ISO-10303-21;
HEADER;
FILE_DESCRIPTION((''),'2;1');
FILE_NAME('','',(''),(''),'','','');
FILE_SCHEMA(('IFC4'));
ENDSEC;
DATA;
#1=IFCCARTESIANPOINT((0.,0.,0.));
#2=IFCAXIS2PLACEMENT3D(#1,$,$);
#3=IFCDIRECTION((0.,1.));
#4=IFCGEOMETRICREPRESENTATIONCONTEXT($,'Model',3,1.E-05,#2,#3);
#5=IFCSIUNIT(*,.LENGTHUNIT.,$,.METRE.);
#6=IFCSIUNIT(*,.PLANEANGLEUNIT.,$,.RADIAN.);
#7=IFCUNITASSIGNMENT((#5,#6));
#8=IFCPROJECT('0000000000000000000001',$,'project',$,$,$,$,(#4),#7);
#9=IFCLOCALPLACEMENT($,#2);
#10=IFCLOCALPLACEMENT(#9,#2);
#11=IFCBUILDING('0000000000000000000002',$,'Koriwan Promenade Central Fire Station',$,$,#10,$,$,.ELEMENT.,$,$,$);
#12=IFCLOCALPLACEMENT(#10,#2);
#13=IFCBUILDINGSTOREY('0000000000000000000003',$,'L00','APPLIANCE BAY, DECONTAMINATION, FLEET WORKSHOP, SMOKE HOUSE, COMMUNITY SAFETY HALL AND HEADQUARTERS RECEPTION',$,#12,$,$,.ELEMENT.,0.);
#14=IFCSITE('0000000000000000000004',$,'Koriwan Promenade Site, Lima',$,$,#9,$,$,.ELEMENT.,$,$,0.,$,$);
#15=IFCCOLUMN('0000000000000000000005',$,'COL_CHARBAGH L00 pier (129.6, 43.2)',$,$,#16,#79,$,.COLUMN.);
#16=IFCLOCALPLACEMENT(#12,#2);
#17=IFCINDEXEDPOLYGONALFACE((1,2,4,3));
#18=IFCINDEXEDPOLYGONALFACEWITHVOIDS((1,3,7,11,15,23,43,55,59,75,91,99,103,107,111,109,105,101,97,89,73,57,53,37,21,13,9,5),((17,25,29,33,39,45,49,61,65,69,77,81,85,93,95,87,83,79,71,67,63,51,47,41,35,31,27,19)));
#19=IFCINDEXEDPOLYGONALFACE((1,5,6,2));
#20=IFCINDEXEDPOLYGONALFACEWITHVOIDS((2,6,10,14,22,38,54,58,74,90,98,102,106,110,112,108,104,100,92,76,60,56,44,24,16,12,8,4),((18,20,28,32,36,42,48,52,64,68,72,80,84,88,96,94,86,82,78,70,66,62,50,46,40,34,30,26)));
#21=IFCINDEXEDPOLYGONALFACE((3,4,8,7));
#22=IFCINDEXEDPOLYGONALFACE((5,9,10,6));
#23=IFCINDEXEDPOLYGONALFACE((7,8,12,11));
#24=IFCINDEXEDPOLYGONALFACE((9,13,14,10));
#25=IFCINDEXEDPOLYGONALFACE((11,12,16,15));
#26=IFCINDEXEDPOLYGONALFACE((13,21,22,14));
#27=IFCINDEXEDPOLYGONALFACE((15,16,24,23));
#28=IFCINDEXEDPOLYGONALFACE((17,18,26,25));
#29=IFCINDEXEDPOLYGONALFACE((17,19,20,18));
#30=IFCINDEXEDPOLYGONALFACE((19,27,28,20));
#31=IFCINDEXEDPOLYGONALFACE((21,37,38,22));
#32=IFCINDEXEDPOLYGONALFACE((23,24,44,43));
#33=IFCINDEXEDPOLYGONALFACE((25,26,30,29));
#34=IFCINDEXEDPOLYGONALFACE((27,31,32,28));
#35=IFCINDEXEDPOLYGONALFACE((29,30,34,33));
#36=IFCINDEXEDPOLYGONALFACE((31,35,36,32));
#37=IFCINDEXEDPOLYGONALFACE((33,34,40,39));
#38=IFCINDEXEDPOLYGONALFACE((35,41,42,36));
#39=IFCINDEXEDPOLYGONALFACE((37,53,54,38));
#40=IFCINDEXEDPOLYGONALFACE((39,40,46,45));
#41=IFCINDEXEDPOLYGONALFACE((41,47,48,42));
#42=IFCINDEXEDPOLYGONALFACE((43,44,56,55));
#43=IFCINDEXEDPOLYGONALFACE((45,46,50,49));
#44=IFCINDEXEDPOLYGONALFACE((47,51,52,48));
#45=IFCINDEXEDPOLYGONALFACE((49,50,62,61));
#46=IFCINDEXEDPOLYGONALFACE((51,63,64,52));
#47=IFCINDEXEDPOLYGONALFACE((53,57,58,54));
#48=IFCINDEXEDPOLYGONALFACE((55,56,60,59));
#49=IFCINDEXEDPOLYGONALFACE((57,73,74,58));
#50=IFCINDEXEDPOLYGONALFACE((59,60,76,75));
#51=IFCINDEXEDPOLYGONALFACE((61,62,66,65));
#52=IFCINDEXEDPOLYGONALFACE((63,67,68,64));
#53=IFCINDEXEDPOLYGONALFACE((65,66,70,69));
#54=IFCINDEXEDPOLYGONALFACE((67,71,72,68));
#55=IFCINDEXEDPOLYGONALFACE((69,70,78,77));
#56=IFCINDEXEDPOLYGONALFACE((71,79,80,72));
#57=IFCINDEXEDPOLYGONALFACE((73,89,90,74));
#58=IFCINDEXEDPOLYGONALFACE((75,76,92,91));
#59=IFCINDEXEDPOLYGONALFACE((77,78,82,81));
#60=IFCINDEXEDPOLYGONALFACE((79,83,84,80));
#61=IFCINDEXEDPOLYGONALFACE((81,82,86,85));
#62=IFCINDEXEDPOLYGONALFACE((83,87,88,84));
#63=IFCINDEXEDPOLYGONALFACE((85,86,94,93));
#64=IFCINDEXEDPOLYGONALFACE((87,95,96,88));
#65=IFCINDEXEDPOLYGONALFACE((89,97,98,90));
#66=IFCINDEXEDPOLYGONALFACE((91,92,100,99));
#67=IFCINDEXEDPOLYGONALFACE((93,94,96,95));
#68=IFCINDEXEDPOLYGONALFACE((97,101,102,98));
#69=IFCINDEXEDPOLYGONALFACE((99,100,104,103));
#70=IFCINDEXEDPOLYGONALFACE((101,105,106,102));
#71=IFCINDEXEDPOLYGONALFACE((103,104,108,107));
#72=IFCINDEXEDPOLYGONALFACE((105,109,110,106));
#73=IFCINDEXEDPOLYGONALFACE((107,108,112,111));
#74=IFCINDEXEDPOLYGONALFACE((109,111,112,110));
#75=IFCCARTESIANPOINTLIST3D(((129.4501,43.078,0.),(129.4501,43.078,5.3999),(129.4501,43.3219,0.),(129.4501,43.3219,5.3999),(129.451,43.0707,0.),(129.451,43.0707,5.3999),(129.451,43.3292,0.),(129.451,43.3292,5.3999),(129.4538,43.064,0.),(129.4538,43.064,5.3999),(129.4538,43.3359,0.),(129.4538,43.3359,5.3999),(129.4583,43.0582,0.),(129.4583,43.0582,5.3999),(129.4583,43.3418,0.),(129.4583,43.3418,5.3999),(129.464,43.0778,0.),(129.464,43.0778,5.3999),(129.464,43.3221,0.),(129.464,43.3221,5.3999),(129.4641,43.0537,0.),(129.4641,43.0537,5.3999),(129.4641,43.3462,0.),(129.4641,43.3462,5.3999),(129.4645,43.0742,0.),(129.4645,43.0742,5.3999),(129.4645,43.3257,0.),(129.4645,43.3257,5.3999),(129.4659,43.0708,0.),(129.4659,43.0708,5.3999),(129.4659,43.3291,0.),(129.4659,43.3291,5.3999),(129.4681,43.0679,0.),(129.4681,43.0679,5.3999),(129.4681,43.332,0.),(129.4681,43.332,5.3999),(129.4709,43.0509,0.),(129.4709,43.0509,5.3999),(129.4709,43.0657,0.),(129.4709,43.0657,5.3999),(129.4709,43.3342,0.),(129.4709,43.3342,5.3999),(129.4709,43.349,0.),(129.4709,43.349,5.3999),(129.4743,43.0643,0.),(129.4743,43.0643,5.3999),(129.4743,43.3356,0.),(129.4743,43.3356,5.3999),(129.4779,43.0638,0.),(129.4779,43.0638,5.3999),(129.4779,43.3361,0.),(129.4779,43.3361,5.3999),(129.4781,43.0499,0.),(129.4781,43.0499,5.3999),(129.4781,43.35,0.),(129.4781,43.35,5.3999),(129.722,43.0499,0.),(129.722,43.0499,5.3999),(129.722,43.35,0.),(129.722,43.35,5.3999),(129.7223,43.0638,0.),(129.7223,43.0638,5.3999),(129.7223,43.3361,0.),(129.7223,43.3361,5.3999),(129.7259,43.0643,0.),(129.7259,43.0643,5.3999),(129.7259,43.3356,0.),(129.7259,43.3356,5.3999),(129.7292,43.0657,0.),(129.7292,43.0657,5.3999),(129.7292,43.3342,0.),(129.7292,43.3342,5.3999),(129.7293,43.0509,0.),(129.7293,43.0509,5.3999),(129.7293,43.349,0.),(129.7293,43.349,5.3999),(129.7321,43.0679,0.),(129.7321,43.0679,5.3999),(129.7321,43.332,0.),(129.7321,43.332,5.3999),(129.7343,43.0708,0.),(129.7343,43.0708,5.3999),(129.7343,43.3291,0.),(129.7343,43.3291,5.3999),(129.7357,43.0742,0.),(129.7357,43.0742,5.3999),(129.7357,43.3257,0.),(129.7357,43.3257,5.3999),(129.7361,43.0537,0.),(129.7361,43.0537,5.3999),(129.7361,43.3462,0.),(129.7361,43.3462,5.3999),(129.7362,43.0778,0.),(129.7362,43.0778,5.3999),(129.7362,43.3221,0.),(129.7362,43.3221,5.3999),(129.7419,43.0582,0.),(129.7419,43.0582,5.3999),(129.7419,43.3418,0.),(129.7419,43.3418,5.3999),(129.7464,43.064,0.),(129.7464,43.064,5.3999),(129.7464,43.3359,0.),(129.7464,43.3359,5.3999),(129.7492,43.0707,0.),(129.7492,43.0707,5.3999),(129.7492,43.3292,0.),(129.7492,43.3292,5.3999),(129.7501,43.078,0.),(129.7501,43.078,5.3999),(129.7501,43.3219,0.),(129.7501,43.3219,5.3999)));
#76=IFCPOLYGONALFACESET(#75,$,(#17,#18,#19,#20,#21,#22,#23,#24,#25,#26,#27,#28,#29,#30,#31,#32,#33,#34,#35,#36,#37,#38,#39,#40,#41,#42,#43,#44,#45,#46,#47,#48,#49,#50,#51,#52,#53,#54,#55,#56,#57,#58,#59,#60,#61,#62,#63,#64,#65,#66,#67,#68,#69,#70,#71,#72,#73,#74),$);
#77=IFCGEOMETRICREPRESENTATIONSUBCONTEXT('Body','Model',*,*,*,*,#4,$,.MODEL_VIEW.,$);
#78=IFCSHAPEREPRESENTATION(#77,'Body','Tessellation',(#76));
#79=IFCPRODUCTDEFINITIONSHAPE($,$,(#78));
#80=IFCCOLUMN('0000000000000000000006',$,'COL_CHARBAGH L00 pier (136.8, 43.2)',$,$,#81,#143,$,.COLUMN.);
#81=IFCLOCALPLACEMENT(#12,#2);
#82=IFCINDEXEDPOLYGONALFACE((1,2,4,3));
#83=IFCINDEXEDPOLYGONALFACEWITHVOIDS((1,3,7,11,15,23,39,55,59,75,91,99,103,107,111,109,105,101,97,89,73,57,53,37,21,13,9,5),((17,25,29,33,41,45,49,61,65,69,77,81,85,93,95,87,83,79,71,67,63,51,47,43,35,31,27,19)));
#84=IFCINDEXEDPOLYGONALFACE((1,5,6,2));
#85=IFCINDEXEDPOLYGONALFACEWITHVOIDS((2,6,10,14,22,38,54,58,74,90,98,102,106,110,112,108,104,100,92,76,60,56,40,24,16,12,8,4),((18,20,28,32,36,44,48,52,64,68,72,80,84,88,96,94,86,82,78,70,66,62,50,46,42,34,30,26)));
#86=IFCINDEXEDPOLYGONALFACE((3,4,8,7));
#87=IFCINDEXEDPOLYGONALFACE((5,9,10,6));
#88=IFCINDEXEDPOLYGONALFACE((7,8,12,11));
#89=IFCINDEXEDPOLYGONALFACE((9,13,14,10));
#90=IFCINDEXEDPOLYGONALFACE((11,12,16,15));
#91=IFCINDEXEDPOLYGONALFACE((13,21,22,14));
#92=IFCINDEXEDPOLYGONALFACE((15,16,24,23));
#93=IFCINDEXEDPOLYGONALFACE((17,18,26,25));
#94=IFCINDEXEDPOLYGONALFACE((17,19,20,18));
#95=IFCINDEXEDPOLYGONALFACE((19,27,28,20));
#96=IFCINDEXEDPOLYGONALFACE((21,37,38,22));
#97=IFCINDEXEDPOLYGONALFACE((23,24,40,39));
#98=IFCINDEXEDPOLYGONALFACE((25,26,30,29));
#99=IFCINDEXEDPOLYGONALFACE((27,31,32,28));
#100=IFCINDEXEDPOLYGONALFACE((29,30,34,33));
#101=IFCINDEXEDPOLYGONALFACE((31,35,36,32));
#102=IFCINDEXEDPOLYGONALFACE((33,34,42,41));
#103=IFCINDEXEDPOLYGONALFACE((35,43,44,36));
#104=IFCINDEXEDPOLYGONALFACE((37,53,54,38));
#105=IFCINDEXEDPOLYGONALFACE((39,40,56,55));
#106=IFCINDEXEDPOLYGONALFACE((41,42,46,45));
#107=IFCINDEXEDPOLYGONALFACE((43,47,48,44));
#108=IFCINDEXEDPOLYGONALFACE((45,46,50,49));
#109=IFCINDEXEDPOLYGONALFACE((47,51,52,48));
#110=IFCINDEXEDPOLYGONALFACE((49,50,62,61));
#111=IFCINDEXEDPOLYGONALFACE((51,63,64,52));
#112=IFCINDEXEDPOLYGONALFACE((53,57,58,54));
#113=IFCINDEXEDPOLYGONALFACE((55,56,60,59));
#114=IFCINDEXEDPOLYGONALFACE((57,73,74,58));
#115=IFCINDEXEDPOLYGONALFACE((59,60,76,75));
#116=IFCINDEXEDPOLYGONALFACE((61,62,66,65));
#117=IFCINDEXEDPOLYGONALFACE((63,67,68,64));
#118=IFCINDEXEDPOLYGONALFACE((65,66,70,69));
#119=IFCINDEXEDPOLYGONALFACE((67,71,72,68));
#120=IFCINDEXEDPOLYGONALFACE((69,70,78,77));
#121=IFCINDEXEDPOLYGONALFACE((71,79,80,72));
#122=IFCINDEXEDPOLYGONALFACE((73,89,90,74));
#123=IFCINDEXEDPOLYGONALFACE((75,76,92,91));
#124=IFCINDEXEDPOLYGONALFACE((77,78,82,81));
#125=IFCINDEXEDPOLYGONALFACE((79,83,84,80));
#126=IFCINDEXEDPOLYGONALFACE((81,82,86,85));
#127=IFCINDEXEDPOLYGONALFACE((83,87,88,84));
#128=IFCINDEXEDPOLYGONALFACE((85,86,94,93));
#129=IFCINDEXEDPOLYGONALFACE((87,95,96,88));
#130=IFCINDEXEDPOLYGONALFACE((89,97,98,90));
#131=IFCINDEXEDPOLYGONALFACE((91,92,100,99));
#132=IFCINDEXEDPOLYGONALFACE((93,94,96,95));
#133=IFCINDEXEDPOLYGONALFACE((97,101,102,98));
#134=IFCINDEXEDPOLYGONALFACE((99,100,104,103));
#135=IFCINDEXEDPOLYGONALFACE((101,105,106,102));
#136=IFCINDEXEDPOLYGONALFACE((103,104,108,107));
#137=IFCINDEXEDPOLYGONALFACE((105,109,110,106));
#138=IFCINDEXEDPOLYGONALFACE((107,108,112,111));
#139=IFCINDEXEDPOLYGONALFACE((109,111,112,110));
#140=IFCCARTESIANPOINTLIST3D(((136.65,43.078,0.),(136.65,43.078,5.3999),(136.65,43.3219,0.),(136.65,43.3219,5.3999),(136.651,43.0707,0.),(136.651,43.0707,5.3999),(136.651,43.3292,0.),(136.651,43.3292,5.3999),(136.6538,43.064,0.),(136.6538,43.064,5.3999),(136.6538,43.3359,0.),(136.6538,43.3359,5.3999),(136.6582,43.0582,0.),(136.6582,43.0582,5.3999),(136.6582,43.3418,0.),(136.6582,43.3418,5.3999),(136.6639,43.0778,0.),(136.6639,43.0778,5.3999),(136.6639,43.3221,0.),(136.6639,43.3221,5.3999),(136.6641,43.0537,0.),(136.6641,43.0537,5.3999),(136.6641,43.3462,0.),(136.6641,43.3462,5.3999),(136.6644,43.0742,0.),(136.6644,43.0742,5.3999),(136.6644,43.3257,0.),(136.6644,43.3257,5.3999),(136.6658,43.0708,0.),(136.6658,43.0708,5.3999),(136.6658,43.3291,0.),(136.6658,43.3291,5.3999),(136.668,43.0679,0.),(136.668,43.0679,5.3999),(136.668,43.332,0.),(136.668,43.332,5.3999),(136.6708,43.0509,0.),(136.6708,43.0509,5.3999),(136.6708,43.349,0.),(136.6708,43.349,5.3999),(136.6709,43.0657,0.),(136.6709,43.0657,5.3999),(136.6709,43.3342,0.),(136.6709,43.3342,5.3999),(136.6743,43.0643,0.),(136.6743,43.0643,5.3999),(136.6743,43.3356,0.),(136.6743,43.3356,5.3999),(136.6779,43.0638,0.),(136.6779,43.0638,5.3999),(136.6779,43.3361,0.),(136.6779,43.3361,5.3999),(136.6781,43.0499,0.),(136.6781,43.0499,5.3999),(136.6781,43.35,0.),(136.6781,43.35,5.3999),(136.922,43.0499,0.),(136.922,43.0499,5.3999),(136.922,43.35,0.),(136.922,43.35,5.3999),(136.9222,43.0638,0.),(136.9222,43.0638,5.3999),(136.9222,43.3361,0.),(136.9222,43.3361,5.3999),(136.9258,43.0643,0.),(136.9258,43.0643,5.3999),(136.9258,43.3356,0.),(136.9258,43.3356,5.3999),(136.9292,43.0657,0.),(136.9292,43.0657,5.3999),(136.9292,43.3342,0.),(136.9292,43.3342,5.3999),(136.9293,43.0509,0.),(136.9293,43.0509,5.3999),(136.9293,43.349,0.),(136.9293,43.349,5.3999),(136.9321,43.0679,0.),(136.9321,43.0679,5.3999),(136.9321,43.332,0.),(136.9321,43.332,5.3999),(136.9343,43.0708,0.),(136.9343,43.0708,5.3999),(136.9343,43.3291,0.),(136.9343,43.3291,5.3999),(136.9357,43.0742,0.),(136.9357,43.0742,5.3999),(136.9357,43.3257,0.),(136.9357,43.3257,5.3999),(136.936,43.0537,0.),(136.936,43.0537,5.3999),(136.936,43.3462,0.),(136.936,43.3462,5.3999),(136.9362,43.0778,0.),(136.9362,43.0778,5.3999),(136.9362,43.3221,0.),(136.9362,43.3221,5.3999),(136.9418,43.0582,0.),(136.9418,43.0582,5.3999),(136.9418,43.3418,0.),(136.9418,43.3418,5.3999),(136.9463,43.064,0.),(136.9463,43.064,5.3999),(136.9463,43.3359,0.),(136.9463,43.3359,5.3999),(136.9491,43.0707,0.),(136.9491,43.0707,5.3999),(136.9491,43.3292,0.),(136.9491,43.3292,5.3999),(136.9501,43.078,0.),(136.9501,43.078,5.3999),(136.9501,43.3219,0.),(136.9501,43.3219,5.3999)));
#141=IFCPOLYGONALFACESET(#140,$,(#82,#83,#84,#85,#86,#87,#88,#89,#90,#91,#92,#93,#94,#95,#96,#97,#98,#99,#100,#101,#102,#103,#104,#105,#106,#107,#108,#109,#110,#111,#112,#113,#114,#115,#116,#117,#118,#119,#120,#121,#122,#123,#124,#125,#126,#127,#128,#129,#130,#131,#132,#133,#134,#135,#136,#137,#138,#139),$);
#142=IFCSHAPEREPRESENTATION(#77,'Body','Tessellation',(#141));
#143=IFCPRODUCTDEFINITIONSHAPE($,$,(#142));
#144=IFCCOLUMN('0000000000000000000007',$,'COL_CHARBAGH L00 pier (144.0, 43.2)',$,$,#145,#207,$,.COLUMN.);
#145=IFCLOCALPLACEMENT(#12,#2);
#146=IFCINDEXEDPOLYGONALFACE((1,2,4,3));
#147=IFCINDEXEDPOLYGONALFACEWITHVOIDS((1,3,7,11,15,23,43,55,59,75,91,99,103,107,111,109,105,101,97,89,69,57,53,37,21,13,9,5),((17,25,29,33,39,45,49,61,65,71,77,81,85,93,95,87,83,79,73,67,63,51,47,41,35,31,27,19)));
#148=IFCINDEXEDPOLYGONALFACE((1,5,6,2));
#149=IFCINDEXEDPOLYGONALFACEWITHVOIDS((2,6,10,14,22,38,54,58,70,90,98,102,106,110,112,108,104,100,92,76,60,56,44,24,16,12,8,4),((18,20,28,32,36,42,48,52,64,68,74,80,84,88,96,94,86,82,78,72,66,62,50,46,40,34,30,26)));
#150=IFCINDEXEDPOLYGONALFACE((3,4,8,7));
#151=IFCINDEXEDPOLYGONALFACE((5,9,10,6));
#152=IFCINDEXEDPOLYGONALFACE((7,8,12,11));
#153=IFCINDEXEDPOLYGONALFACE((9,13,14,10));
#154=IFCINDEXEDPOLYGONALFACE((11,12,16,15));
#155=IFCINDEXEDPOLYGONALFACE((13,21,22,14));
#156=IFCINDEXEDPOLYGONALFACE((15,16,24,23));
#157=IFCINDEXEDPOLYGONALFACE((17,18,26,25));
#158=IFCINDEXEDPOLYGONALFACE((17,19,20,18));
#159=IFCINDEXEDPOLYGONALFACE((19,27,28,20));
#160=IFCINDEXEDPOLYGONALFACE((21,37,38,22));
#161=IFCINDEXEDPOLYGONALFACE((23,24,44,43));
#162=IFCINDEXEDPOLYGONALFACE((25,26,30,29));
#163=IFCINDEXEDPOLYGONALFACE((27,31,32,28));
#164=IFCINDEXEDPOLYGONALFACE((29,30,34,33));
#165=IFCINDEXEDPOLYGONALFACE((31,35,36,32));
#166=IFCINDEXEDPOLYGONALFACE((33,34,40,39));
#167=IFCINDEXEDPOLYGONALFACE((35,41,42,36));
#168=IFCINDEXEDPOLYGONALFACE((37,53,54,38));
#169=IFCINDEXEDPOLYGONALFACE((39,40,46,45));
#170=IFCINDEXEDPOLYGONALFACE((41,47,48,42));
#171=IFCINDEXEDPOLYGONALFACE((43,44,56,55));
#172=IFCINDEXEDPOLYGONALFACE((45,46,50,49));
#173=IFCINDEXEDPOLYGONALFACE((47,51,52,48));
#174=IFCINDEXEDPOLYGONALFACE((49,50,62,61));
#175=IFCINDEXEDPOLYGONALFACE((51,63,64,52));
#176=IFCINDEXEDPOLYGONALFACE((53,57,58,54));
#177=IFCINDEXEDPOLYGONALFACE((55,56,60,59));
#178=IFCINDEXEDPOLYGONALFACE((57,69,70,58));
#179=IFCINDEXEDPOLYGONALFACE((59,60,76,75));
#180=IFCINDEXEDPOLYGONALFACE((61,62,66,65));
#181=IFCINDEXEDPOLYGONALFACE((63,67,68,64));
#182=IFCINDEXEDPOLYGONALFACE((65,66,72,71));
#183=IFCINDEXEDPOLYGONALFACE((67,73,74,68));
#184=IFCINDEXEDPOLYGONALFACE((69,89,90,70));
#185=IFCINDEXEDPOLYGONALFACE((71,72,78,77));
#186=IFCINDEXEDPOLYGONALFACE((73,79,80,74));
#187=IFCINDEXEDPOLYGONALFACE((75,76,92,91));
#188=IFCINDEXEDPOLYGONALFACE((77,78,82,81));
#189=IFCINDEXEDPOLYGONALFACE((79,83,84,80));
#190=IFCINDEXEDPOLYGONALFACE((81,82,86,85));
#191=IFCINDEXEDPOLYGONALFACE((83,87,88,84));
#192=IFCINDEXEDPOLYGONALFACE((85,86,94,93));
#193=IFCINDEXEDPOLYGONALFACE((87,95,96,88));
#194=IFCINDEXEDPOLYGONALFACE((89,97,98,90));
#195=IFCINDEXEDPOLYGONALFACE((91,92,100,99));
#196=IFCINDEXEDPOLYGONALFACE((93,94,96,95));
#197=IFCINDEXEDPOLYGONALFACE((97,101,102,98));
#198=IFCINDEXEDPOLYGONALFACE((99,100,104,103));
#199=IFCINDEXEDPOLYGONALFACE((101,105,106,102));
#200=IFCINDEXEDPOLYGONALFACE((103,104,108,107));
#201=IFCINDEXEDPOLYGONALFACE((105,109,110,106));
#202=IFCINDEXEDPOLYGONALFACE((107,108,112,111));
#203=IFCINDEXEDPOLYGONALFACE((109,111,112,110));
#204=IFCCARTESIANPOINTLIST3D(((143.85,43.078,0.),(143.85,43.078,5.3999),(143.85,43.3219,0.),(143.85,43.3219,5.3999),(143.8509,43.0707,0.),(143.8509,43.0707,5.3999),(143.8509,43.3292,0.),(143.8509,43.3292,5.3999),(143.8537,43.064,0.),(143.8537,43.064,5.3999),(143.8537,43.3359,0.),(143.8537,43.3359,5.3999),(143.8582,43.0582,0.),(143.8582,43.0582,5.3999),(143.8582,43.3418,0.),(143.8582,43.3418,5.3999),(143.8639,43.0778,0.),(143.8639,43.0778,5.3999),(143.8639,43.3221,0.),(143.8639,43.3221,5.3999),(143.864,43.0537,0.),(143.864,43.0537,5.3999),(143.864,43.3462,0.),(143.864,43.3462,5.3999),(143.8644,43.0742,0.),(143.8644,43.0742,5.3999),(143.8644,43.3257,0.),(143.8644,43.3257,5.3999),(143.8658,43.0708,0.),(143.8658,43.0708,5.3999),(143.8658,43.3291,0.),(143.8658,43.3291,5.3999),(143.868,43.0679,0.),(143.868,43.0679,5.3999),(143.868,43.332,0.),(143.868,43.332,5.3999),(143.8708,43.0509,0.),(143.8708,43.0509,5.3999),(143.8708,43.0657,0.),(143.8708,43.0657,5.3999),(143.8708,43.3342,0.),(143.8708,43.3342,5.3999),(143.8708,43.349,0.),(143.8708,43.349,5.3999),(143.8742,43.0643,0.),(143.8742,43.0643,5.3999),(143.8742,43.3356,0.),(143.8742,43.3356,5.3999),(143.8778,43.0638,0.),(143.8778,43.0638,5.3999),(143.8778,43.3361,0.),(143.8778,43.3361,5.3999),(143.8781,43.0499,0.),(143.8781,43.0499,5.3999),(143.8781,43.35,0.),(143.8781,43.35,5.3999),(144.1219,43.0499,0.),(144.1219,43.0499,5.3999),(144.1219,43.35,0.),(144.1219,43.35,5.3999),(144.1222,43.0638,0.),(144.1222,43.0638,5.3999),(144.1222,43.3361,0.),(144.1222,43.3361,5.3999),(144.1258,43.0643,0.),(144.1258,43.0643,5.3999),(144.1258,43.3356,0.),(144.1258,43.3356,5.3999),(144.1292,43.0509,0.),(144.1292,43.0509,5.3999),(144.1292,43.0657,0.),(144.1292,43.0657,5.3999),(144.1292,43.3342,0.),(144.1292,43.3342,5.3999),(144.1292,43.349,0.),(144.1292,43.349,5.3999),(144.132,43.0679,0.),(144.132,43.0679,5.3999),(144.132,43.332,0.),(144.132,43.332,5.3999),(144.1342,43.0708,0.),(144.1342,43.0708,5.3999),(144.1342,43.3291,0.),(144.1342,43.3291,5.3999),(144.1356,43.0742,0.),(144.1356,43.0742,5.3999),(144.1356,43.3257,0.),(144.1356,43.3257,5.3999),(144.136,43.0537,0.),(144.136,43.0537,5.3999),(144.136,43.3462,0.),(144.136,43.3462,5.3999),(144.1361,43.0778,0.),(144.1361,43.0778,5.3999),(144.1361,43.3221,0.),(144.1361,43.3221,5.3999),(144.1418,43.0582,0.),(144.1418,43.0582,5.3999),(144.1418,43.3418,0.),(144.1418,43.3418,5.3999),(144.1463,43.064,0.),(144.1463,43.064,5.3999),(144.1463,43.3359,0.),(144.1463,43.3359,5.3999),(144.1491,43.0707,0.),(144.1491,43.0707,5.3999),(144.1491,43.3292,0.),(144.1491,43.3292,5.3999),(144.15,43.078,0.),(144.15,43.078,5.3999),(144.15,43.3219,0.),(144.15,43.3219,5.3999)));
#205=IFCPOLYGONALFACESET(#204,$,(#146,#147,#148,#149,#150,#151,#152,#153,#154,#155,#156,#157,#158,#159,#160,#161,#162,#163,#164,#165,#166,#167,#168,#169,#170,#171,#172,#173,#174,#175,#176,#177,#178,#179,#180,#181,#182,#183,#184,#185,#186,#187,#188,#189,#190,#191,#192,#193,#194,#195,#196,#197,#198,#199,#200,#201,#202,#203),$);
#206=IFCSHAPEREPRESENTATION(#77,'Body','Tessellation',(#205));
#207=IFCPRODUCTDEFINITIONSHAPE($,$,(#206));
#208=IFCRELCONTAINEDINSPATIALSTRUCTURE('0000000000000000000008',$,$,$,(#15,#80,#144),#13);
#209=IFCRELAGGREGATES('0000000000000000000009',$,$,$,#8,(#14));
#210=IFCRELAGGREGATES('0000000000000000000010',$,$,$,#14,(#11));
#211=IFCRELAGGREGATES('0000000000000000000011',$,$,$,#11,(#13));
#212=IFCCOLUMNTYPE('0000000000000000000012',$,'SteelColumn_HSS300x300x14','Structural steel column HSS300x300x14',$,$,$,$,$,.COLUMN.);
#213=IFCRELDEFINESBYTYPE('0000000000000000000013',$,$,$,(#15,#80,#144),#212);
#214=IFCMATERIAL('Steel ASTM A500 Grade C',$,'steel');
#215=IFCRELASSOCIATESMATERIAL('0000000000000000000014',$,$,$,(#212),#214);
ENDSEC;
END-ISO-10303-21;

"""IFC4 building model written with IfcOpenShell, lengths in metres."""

from ifc_helpers import new_model, si_unit, direction, frame, origin, origin_2d, place, context, subcontext, project, spatial, hollow_rectangle, extrude, material, material_profile, profile_set, type_object, element, save


model = new_model("IFC4")

# Units and contexts
model_context = context("Model", 3, precision=1e-05, world=origin(), true_north=direction((0.0, 1.0)))
body_context = subcontext(model_context, "Body", "Model", "MODEL_VIEW")
ifc_project = project(units=[si_unit("LENGTHUNIT", "METRE"), si_unit("PLANEANGLEUNIT", "RADIAN")], contexts=[model_context])

# Site, building, storey
site_placement = place(None, origin())
site = spatial("IfcSite", under=ifc_project, at=site_placement, Name="Koriwan Promenade Site, Lima", CompositionType="ELEMENT", RefElevation=0.0)
building_placement = place(site_placement, origin())
building = spatial("IfcBuilding", under=site, at=building_placement, Name="Koriwan Promenade Central Fire Station", CompositionType="ELEMENT")
storey_placement = place(building_placement, origin())
storey = spatial("IfcBuildingStorey", under=building, at=storey_placement, Name="L00", Description="APPLIANCE BAY, DECONTAMINATION, FLEET WORKSHOP, SMOKE HOUSE, COMMUNITY SAFETY HALL AND HEADQUARTERS RECEPTION", CompositionType="ELEMENT", Elevation=0.0)

# Columns
ifc_material_1 = material(Name="Steel ASTM A500 Grade C", Category="steel")
ifc_material_profile_1 = material_profile(ifc_material_1, hollow_rectangle(XDim=0.3, YDim=0.3, WallThickness=0.0139, InnerFilletRadius=0.0139, OuterFilletRadius=0.0281, at=origin_2d()), Name="HSS300x300x14")
ifc_profile_set_1 = profile_set([ifc_material_profile_1], Name="Steel ASTM A500 Grade C")
column_type = type_object("IfcColumnType", Name="SteelColumn_HSS300x300x14", Description="Structural steel column HSS300x300x14", PredefinedType="COLUMN", material=ifc_profile_set_1)
for number, where, z_axis, x_axis, name in (
    (1, (129.6001, 43.2, 0.0), (0.0, 0.0, 1.0), (1.0, 0.0, 0.0), "COL_CHARBAGH L00 pier (129.6, 43.2)"),
    (2, (136.8, 43.2, 0.0), (0.0, 0.0, 1.0), (1.0, 0.0, 0.0), "COL_CHARBAGH L00 pier (136.8, 43.2)"),
    (3, (144.0, 43.2, 0.0), (0.0, 0.0, 1.0), (1.0, 0.0, 0.0), "COL_CHARBAGH L00 pier (144.0, 43.2)"),
):
    element("IfcColumn", number, at=place(storey_placement, frame(where, z_axis=z_axis, x_axis=x_axis)), inside=storey, type_object=column_type, Name=name, PredefinedType="COLUMN", context=body_context, shape_type="SweptSolid", body=[
        extrude(hollow_rectangle(XDim=0.3, YDim=0.3, WallThickness=0.0139, InnerFilletRadius=0.0139, OuterFilletRadius=0.0281, at=origin_2d()), origin(), (0.0, 0.0, 1.0), 5.3999),
    ])

save(model, "model.ifc")
